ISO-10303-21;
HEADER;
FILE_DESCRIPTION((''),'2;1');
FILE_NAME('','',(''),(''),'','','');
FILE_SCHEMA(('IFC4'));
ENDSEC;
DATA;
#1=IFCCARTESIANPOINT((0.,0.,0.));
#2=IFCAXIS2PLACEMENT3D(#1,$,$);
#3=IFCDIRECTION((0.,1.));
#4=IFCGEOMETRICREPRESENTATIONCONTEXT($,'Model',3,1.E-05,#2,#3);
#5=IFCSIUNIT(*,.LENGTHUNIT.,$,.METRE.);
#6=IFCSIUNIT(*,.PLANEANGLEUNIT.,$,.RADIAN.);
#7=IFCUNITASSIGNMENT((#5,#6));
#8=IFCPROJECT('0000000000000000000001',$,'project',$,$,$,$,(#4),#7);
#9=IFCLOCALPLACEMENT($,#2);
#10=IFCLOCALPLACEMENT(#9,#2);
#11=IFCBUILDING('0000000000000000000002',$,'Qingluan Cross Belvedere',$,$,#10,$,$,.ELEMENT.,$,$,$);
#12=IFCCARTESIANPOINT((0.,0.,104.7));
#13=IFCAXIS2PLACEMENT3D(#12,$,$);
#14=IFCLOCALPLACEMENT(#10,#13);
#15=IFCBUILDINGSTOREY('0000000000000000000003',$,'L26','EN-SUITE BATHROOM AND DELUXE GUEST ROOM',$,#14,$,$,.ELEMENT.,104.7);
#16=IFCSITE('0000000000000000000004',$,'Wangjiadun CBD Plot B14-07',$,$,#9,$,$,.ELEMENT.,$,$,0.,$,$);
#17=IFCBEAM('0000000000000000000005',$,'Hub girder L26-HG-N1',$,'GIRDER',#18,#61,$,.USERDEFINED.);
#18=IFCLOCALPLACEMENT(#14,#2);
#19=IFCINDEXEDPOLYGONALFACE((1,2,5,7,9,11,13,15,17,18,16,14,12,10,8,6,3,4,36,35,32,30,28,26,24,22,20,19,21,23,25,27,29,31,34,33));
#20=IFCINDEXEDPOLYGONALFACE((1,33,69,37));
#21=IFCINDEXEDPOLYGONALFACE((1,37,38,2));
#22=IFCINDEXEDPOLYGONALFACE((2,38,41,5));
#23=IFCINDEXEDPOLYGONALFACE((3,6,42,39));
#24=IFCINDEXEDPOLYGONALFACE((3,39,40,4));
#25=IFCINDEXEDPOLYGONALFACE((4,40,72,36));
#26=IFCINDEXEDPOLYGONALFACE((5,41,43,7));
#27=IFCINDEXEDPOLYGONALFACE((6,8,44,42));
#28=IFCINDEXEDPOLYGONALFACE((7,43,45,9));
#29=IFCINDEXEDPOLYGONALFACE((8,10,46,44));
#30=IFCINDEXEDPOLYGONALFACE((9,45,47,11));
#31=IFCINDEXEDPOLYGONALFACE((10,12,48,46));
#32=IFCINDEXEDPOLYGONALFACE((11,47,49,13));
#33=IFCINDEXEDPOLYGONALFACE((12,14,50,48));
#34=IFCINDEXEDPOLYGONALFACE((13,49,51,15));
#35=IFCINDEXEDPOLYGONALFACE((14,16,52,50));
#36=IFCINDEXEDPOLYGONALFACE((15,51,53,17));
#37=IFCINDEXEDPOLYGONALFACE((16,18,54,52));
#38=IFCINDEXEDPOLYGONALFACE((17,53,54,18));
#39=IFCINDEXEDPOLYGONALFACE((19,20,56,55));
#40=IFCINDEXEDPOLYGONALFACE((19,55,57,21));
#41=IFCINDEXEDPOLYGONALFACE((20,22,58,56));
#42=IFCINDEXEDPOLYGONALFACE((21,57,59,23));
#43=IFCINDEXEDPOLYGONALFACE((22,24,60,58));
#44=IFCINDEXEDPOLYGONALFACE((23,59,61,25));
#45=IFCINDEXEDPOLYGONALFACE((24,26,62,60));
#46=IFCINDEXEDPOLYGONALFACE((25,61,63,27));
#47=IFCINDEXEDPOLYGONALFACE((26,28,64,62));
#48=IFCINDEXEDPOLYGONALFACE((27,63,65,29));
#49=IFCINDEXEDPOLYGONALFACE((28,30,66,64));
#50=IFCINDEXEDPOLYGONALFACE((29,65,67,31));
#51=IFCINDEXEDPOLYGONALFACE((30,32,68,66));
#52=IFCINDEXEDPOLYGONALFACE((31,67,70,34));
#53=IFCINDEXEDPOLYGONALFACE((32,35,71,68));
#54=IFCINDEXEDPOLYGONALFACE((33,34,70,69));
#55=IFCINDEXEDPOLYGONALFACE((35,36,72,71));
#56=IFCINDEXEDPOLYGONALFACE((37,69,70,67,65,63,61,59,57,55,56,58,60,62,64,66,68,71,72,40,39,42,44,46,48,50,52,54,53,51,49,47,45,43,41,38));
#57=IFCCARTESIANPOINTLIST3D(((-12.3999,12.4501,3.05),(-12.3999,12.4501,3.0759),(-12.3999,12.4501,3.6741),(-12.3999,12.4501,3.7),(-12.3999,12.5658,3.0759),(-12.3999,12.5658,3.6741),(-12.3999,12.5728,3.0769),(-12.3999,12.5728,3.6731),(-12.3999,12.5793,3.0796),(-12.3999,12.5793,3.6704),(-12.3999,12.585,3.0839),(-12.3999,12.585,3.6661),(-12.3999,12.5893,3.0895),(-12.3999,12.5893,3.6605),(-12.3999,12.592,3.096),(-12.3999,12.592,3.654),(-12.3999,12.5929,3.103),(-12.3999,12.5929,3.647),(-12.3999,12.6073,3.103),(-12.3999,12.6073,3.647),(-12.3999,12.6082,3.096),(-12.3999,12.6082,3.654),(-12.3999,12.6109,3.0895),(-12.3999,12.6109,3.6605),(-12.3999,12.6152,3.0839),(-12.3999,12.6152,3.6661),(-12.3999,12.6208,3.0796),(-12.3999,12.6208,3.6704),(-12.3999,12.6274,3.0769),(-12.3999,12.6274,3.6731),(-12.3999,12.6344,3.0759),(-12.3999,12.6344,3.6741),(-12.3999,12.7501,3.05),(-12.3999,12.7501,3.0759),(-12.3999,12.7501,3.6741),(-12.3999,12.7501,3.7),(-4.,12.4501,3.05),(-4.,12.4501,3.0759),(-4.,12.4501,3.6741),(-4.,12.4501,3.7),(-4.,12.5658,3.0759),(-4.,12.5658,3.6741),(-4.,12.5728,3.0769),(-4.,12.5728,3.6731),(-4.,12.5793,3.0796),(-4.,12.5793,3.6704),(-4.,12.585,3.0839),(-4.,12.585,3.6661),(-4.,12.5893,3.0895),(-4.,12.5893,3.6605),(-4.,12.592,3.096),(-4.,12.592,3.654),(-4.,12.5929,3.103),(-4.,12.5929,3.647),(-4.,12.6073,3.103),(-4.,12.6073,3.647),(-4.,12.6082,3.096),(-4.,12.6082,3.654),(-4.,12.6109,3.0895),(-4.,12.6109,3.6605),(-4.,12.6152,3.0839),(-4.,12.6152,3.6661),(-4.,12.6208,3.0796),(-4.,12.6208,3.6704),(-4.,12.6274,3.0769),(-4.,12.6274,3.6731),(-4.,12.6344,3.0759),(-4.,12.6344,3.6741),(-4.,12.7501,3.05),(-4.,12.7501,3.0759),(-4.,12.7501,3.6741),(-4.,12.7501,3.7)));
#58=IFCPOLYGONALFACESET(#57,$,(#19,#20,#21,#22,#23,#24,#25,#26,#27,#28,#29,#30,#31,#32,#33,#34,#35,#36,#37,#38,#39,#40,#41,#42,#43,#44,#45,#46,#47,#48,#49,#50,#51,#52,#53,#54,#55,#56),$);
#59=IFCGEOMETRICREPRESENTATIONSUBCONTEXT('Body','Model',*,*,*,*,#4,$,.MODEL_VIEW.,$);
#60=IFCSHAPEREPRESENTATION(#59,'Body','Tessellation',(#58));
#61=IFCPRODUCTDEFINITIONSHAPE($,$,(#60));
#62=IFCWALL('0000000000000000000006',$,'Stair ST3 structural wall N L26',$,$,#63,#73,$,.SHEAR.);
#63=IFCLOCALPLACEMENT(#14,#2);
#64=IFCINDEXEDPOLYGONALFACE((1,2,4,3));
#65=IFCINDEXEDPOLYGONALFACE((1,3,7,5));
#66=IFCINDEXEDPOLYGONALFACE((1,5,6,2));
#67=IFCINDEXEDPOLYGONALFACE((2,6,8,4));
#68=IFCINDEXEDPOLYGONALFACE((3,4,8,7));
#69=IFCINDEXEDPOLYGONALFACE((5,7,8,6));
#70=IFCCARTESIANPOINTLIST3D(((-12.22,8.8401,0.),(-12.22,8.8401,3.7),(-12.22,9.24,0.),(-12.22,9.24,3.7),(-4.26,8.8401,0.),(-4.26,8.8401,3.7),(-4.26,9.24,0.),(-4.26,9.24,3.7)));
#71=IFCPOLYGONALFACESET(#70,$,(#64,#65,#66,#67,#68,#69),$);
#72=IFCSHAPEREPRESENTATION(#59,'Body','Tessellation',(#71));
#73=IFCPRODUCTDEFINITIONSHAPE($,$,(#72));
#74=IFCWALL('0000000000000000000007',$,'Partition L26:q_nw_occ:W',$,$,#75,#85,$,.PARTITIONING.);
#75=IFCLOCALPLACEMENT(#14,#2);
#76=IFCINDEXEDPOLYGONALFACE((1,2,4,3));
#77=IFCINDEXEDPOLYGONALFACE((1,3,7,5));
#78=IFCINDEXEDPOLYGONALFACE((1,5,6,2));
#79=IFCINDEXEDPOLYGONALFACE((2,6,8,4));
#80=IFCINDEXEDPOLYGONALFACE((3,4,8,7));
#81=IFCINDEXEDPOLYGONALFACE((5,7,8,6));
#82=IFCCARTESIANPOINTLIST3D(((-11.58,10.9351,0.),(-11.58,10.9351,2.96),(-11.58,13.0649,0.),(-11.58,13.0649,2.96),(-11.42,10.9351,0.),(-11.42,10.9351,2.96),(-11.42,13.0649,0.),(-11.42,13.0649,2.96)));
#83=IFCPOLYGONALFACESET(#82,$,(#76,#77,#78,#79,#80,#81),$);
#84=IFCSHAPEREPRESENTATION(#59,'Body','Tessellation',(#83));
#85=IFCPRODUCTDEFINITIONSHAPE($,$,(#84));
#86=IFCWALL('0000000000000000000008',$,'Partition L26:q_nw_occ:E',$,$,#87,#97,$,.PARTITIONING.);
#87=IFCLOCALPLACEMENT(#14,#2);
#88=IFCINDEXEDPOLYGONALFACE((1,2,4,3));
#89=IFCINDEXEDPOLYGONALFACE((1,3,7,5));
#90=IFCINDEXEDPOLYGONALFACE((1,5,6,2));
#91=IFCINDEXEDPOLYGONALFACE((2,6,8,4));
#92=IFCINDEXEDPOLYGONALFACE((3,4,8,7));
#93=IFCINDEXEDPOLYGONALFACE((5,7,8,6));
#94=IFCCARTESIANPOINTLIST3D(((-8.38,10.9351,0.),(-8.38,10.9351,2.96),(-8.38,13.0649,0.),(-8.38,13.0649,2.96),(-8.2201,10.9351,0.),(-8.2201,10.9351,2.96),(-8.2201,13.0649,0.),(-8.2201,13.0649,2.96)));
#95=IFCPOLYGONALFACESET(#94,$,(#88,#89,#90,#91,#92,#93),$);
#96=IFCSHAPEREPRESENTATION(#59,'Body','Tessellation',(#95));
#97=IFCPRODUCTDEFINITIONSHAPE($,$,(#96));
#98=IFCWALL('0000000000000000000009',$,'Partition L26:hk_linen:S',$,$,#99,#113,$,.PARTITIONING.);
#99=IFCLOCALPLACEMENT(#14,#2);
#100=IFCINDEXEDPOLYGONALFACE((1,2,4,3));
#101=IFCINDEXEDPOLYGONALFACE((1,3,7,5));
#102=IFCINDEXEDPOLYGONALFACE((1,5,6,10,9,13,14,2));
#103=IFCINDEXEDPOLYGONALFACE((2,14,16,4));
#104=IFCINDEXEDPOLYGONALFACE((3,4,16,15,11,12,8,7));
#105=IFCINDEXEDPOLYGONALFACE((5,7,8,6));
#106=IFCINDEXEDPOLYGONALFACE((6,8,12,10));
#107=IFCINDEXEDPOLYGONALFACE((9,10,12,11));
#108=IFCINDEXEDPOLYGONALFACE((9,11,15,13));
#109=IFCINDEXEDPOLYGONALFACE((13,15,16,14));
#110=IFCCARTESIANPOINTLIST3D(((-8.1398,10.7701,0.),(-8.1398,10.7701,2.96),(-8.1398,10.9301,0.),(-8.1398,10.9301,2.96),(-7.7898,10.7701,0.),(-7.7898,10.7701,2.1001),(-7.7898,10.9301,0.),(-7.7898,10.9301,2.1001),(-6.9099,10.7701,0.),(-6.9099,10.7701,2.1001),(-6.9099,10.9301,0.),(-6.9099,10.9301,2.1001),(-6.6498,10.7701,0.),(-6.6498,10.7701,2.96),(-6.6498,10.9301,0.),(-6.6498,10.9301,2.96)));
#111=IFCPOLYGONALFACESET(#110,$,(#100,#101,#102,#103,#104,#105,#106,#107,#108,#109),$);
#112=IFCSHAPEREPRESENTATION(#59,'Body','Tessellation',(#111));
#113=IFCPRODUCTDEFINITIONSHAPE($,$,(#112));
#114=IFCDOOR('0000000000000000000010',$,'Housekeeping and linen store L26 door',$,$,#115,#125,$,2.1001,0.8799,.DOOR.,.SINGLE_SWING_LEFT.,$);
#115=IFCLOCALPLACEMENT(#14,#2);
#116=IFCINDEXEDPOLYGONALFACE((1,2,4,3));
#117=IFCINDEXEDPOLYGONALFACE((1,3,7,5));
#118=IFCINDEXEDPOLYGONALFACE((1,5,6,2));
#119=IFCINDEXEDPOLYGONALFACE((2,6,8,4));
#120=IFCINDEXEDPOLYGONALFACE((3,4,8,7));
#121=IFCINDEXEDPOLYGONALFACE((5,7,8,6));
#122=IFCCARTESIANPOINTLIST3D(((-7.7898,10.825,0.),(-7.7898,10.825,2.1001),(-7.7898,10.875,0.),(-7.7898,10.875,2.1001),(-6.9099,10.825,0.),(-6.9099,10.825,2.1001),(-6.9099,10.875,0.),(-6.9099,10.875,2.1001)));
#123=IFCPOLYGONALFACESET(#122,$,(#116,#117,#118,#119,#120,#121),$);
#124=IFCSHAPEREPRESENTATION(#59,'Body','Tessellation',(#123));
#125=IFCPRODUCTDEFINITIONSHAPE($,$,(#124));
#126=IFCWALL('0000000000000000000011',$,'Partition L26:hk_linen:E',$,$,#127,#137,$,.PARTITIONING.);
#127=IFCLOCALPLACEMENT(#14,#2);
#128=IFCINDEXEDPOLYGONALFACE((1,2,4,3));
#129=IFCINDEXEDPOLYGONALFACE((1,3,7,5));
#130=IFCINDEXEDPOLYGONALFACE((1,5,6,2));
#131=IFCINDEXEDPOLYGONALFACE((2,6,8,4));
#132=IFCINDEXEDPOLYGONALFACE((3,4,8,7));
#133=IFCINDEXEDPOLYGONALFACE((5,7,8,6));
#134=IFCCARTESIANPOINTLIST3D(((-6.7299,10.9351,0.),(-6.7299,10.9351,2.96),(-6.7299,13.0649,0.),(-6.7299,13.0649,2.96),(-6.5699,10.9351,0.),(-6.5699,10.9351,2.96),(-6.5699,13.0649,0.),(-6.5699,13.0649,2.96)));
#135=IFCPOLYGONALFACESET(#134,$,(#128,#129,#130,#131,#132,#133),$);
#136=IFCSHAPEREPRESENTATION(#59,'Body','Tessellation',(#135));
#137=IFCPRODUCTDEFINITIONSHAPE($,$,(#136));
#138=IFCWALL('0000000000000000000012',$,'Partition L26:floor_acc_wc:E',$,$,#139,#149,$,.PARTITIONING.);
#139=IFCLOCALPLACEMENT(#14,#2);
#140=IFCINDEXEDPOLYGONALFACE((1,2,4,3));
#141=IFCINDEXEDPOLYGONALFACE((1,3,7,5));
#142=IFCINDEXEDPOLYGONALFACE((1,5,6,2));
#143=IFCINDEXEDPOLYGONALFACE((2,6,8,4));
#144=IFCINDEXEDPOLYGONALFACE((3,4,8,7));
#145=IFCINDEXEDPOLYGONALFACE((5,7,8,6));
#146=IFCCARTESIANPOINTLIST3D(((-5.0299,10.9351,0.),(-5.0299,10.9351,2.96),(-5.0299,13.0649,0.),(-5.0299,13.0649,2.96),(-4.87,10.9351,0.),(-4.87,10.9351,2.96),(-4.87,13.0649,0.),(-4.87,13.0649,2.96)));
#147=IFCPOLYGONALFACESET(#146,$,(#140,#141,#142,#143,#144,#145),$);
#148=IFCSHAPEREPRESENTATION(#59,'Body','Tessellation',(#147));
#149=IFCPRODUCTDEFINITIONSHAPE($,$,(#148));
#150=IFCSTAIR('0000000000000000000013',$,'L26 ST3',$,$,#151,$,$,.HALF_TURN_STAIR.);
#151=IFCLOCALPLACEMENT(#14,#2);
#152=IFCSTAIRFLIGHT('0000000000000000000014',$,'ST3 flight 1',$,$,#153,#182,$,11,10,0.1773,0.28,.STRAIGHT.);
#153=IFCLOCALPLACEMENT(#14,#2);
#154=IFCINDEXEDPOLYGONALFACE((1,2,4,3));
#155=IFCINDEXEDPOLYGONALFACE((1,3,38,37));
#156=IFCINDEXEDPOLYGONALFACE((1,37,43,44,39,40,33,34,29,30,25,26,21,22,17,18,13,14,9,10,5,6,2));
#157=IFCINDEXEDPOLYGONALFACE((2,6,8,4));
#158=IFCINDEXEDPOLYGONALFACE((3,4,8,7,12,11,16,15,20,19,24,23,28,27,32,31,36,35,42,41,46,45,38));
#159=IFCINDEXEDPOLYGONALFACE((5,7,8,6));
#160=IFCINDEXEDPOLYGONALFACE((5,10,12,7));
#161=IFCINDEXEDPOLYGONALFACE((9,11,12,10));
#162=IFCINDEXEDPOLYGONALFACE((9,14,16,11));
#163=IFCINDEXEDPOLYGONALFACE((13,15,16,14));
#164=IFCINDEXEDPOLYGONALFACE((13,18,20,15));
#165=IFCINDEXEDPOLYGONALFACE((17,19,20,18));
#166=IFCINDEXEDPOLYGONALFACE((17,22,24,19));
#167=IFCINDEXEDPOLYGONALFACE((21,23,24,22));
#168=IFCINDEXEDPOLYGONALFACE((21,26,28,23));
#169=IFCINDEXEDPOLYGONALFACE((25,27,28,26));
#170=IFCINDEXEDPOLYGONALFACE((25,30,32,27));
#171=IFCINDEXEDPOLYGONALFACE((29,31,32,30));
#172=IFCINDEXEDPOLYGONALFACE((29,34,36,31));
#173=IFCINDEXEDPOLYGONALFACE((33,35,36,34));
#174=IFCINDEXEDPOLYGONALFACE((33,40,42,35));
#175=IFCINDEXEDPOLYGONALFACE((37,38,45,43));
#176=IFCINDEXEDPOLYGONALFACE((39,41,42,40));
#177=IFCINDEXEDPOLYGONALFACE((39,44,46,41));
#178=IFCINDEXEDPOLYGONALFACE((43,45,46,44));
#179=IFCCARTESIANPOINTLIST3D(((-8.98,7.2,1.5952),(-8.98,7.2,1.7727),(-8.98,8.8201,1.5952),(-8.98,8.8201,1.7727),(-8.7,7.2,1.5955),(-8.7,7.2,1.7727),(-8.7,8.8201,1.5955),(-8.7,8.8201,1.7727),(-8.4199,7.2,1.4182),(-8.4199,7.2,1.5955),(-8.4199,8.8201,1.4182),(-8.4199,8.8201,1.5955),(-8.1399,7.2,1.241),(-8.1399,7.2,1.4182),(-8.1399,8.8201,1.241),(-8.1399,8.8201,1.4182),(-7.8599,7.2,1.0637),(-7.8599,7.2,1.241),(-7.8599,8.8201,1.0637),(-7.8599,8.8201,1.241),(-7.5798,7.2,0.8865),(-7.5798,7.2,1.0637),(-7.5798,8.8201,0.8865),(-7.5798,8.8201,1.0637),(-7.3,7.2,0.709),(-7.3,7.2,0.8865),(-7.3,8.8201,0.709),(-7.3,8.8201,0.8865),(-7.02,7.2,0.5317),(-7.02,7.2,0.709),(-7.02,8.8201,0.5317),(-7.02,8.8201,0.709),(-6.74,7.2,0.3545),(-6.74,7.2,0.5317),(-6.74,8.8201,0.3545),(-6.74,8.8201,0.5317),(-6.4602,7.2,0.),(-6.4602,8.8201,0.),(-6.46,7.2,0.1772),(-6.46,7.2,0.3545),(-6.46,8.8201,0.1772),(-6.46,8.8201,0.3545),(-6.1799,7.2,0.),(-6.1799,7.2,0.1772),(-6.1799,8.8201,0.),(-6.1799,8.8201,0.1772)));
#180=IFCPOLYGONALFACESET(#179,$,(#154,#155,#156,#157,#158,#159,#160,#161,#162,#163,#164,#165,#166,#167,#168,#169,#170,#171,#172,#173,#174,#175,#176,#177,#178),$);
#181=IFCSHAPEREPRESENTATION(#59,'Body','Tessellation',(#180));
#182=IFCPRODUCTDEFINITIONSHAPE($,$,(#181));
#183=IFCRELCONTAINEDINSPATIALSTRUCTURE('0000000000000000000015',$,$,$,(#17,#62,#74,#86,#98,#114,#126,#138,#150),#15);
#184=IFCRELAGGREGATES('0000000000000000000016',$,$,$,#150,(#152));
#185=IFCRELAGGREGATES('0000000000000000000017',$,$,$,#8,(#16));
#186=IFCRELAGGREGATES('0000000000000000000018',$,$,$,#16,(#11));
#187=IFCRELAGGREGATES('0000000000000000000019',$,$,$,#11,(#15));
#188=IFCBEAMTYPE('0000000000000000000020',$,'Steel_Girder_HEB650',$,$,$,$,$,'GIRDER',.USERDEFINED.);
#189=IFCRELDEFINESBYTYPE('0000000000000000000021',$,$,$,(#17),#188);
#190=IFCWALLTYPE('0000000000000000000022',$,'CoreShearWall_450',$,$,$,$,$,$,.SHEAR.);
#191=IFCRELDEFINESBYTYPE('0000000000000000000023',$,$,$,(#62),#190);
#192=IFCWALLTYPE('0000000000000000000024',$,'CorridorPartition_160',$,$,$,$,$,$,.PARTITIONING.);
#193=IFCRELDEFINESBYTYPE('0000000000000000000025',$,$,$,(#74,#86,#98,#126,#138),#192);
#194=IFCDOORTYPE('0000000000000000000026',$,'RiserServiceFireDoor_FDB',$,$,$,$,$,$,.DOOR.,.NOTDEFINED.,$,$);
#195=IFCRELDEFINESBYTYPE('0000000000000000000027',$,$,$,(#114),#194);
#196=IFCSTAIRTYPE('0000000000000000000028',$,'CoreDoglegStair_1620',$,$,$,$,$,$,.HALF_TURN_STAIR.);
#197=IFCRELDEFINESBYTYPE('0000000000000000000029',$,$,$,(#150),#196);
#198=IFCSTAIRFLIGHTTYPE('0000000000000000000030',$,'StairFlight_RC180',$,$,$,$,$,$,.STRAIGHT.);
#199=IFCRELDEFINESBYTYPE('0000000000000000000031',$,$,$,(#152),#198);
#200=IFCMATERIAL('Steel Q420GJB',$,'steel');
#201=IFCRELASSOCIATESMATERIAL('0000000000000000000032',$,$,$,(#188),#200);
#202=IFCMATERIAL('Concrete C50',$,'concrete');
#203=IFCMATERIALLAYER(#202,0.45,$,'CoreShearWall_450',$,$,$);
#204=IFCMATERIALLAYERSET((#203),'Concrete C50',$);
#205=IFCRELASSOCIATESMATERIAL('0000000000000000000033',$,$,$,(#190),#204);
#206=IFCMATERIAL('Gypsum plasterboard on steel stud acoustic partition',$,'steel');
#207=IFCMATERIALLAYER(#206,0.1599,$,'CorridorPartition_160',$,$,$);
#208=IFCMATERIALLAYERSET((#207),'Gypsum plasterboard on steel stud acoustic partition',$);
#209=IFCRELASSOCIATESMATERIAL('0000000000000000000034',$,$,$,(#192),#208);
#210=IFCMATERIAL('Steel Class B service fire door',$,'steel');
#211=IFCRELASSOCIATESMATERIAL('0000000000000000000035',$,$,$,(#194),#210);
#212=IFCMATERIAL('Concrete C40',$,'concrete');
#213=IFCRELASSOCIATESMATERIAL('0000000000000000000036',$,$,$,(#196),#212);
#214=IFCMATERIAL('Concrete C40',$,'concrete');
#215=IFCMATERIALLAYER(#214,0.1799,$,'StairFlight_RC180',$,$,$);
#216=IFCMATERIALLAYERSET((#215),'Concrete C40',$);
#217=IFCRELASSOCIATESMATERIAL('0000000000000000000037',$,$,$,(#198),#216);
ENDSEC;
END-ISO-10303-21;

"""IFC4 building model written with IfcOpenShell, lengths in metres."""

from ifc_helpers import new_model, si_unit, direction, frame, frame_2d, origin, origin_2d, place, context, subcontext, project, spatial, polyline, rectangle, i_section, outline, extrude, material, layer, layer_set, material_profile, profile_set, type_object, element, fill, aggregate, save


model = new_model("IFC4")

# Units and contexts
model_context = context("Model", 3, precision=1e-05, world=origin(), true_north=direction((0.0, 1.0)))
body_context = subcontext(model_context, "Body", "Model", "MODEL_VIEW")
ifc_project = project(units=[si_unit("LENGTHUNIT", "METRE"), si_unit("PLANEANGLEUNIT", "RADIAN")], contexts=[model_context])

# Site, building, storey
site_placement = place(None, origin())
site = spatial("IfcSite", under=ifc_project, at=site_placement, Name="Wangjiadun CBD Plot B14-07", CompositionType="ELEMENT", RefElevation=0.0)
building_placement = place(site_placement, origin())
building = spatial("IfcBuilding", under=site, at=building_placement, Name="Qingluan Cross Belvedere", CompositionType="ELEMENT")
storey_placement = place(building_placement, frame((0.0, 0.0, 104.7)))
storey = spatial("IfcBuildingStorey", under=building, at=storey_placement, Name="L26", Description="EN-SUITE BATHROOM AND DELUXE GUEST ROOM", CompositionType="ELEMENT", Elevation=104.7)

# Beam
ifc_material_1 = material(Name="Steel Q420GJB", Category="steel")
ifc_material_profile_1 = material_profile(ifc_material_1, i_section(OverallWidth=0.3, OverallDepth=0.6499, WebThickness=0.0144, FlangeThickness=0.0259, FilletRadius=0.0271, at=origin_2d()), Name="HEB650")
ifc_profile_set_1 = profile_set([ifc_material_profile_1], Name="Steel Q420GJB")
beam_type_1 = type_object("IfcBeamType", Name="Steel_Girder_HEB650", ElementType="GIRDER", PredefinedType="USERDEFINED", material=ifc_profile_set_1)
beam_1_placement = place(storey_placement, frame((-12.3999, 12.6001, 3.375), z_axis=(1.0, 0.0, 0.0), x_axis=(0.0, 1.0, 0.0)))
element("IfcBeam", 1, at=beam_1_placement, inside=storey, type_object=beam_type_1, Name="Hub girder L26-HG-N1", ObjectType="GIRDER", PredefinedType="USERDEFINED", context=body_context, shape_type="SweptSolid", body=[
    extrude(i_section(OverallWidth=0.3, OverallDepth=0.6499, WebThickness=0.0144, FlangeThickness=0.0259, FilletRadius=0.0271, at=origin_2d()), origin(), (0.0, 0.0, 1.0), 8.3999),
])

# Wall
ifc_material_2 = material(Name="Concrete C50", Category="concrete")
ifc_layer_1 = layer(ifc_material_2, 0.45, Name="CoreShearWall_450")
ifc_layer_set_1 = layer_set([ifc_layer_1], Name="Concrete C50")
wall_type_1 = type_object("IfcWallType", Name="CoreShearWall_450", PredefinedType="SHEAR", material=ifc_layer_set_1)
wall_1_placement = place(storey_placement, frame((-12.22, 9.04, 0.0), z_axis=(0.0, 0.0, 1.0), x_axis=(1.0, 0.0, 0.0)))
element("IfcWall", 2, at=wall_1_placement, inside=storey, type_object=wall_type_1, Name="Stair ST3 structural wall N L26", PredefinedType="SHEAR", context=body_context, shape_type="SweptSolid", body=[
    extrude(rectangle(XDim=7.96, YDim=0.3999, at=frame_2d((3.98, 0.0))), origin(), (0.0, 0.0, 1.0), 3.7),
])

# Shared definitions
ifc_material_3 = material(Name="Gypsum plasterboard on steel stud acoustic partition", Category="steel")
ifc_layer_2 = layer(ifc_material_3, 0.1599, Name="CorridorPartition_160")
ifc_layer_set_2 = layer_set([ifc_layer_2], Name="Gypsum plasterboard on steel stud acoustic partition")
wall_type_2 = type_object("IfcWallType", Name="CorridorPartition_160", PredefinedType="PARTITIONING", material=ifc_layer_set_2)

# Walls
for number, where, z_axis, x_axis, name in (
    (3, (-11.5, 10.9351, 0.0), (0.0, 0.0, 1.0), (0.0, 1.0, 0.0), "Partition L26:q_nw_occ:W"),
    (4, (-8.3, 10.9351, 0.0), (0.0, 0.0, 1.0), (0.0, 1.0, 0.0), "Partition L26:q_nw_occ:E"),
):
    element("IfcWall", number, at=place(storey_placement, frame(where, z_axis=z_axis, x_axis=x_axis)), inside=storey, type_object=wall_type_2, Name=name, PredefinedType="PARTITIONING", context=body_context, shape_type="SweptSolid", body=[
        extrude(rectangle(XDim=2.1299, YDim=0.1599, at=frame_2d((1.0649, 0.0))), origin(), (0.0, 0.0, 1.0), 2.96),
    ])

# Wall, opening, door
wall_2_placement = place(storey_placement, frame((-8.1399, 10.8501, 0.0), z_axis=(0.0, 0.0, 1.0), x_axis=(1.0, 0.0, 0.0)))
wall_2 = element("IfcWall", 5, at=wall_2_placement, inside=storey, type_object=wall_type_2, Name="Partition L26:hk_linen:S", PredefinedType="PARTITIONING", context=body_context, shape_type="SweptSolid", body=[
    extrude(rectangle(XDim=1.49, YDim=0.1599, at=frame_2d((0.7451, 0.0))), origin(), (0.0, 0.0, 1.0), 2.96),
])
opening_1_placement = place(wall_2_placement, frame((0.3501, 0.0, 0.0)))
opening_1 = element("IfcOpeningElement", 6, at=opening_1_placement, cuts=wall_2, PredefinedType="OPENING", context=body_context, shape_type="SweptSolid", body=[
    extrude(rectangle(XDim=0.8799, YDim=2.1001, at=frame_2d((0.4399, 1.05))), frame((0.0, 0.0898, 0.0), z_axis=(0.0, -1.0, 0.0), x_axis=(1.0, 0.0, 0.0)), (0.0, 0.0, 1.0), 0.1799),
])
ifc_material_4 = material(Name="Steel Class B service fire door", Category="steel")
door_type_1 = type_object("IfcDoorType", Name="RiserServiceFireDoor_FDB", OperationType="NOTDEFINED", PredefinedType="DOOR", material=ifc_material_4)
door_1_placement = place(opening_1_placement, origin())
door_1 = element("IfcDoor", 7, at=door_1_placement, inside=storey, type_object=door_type_1, Name="Housekeeping and linen store L26 door", OperationType="SINGLE_SWING_LEFT", OverallHeight=2.1001, OverallWidth=0.8799, PredefinedType="DOOR", context=body_context, shape_type="SweptSolid", body=[
    extrude(rectangle(XDim=0.8799, YDim=2.1001, at=frame_2d((0.4399, 1.05))), frame((0.0, 0.0249, 0.0), z_axis=(0.0, -1.0, 0.0), x_axis=(1.0, 0.0, 0.0)), (0.0, 0.0, 1.0), 0.05),
])
fill(opening_1, door_1)

# Wall
wall_3_placement = place(storey_placement, frame((-6.6499, 10.9351, 0.0), z_axis=(0.0, 0.0, 1.0), x_axis=(0.0, 1.0, 0.0)))
element("IfcWall", 8, at=wall_3_placement, inside=storey, type_object=wall_type_2, Name="Partition L26:hk_linen:E", PredefinedType="PARTITIONING", context=body_context, shape_type="SweptSolid", body=[
    extrude(rectangle(XDim=2.1299, YDim=0.1599, at=frame_2d((1.0649, 0.0))), origin(), (0.0, 0.0, 1.0), 2.96),
])

# Wall
wall_4_placement = place(storey_placement, frame((-4.95, 10.9351, 0.0), z_axis=(0.0, 0.0, 1.0), x_axis=(0.0, 1.0, 0.0)))
element("IfcWall", 9, at=wall_4_placement, inside=storey, type_object=wall_type_2, Name="Partition L26:floor_acc_wc:E", PredefinedType="PARTITIONING", context=body_context, shape_type="SweptSolid", body=[
    extrude(rectangle(XDim=2.1299, YDim=0.1599, at=frame_2d((1.0649, 0.0))), origin(), (0.0, 0.0, 1.0), 2.96),
])

# Stair, stair flight
ifc_material_5 = material(Name="Concrete C40", Category="concrete")
stair_type = type_object("IfcStairType", Name="CoreDoglegStair_1620", PredefinedType="HALF_TURN_STAIR", material=ifc_material_5)
stair_placement = place(storey_placement, origin())
stair = element("IfcStair", 10, at=stair_placement, inside=storey, type_object=stair_type, Name="L26 ST3", PredefinedType="HALF_TURN_STAIR")
ifc_material_6 = material(Name="Concrete C40", Category="concrete")
ifc_layer_3 = layer(ifc_material_6, 0.1799, Name="StairFlight_RC180")
ifc_layer_set_3 = layer_set([ifc_layer_3], Name="Concrete C40")
stair_flight_type = type_object("IfcStairFlightType", Name="StairFlight_RC180", PredefinedType="STRAIGHT", material=ifc_layer_set_3)
stair_flight_placement = place(storey_placement, frame((-6.1799, 8.01, 0.0), z_axis=(0.0, 0.0, 1.0), x_axis=(-1.0, 0.0, 0.0)))
stair_flight = element("IfcStairFlight", 11, at=stair_flight_placement, type_object=stair_flight_type, Name="ST3 flight 1", NumberOfRisers=11, NumberOfTreads=10, PredefinedType="STRAIGHT", RiserHeight=0.1773, TreadLength=0.28, context=body_context, shape_type="SweptSolid", body=[
    extrude(outline(polyline([(0.0, 0.0), (0.0, 0.1772), (0.28, 0.1772), (0.28, 0.3545), (0.5601, 0.3545), (0.5601, 0.5317), (0.8401, 0.5317), (0.8401, 0.709), (1.1201, 0.709), (1.1201, 0.8865), (1.3999, 0.8865), (1.3999, 1.0637), (1.6799, 1.0637), (1.6799, 1.241), (1.96, 1.241), (1.96, 1.4182), (2.24, 1.4182), (2.24, 1.5955), (2.52, 1.5955), (2.52, 1.7727), (2.8, 1.7727), (2.8, 1.95), (2.8, 1.5952), (0.2803, 0.0), (0.0, 0.0)])), frame((0.0, 0.8101, 0.0), z_axis=(0.0, -1.0, 0.0), x_axis=(1.0, 0.0, 0.0)), (0.0, 0.0, 1.0), 1.6201),
])
aggregate(stair, [stair_flight])

save(model, "model.ifc")
